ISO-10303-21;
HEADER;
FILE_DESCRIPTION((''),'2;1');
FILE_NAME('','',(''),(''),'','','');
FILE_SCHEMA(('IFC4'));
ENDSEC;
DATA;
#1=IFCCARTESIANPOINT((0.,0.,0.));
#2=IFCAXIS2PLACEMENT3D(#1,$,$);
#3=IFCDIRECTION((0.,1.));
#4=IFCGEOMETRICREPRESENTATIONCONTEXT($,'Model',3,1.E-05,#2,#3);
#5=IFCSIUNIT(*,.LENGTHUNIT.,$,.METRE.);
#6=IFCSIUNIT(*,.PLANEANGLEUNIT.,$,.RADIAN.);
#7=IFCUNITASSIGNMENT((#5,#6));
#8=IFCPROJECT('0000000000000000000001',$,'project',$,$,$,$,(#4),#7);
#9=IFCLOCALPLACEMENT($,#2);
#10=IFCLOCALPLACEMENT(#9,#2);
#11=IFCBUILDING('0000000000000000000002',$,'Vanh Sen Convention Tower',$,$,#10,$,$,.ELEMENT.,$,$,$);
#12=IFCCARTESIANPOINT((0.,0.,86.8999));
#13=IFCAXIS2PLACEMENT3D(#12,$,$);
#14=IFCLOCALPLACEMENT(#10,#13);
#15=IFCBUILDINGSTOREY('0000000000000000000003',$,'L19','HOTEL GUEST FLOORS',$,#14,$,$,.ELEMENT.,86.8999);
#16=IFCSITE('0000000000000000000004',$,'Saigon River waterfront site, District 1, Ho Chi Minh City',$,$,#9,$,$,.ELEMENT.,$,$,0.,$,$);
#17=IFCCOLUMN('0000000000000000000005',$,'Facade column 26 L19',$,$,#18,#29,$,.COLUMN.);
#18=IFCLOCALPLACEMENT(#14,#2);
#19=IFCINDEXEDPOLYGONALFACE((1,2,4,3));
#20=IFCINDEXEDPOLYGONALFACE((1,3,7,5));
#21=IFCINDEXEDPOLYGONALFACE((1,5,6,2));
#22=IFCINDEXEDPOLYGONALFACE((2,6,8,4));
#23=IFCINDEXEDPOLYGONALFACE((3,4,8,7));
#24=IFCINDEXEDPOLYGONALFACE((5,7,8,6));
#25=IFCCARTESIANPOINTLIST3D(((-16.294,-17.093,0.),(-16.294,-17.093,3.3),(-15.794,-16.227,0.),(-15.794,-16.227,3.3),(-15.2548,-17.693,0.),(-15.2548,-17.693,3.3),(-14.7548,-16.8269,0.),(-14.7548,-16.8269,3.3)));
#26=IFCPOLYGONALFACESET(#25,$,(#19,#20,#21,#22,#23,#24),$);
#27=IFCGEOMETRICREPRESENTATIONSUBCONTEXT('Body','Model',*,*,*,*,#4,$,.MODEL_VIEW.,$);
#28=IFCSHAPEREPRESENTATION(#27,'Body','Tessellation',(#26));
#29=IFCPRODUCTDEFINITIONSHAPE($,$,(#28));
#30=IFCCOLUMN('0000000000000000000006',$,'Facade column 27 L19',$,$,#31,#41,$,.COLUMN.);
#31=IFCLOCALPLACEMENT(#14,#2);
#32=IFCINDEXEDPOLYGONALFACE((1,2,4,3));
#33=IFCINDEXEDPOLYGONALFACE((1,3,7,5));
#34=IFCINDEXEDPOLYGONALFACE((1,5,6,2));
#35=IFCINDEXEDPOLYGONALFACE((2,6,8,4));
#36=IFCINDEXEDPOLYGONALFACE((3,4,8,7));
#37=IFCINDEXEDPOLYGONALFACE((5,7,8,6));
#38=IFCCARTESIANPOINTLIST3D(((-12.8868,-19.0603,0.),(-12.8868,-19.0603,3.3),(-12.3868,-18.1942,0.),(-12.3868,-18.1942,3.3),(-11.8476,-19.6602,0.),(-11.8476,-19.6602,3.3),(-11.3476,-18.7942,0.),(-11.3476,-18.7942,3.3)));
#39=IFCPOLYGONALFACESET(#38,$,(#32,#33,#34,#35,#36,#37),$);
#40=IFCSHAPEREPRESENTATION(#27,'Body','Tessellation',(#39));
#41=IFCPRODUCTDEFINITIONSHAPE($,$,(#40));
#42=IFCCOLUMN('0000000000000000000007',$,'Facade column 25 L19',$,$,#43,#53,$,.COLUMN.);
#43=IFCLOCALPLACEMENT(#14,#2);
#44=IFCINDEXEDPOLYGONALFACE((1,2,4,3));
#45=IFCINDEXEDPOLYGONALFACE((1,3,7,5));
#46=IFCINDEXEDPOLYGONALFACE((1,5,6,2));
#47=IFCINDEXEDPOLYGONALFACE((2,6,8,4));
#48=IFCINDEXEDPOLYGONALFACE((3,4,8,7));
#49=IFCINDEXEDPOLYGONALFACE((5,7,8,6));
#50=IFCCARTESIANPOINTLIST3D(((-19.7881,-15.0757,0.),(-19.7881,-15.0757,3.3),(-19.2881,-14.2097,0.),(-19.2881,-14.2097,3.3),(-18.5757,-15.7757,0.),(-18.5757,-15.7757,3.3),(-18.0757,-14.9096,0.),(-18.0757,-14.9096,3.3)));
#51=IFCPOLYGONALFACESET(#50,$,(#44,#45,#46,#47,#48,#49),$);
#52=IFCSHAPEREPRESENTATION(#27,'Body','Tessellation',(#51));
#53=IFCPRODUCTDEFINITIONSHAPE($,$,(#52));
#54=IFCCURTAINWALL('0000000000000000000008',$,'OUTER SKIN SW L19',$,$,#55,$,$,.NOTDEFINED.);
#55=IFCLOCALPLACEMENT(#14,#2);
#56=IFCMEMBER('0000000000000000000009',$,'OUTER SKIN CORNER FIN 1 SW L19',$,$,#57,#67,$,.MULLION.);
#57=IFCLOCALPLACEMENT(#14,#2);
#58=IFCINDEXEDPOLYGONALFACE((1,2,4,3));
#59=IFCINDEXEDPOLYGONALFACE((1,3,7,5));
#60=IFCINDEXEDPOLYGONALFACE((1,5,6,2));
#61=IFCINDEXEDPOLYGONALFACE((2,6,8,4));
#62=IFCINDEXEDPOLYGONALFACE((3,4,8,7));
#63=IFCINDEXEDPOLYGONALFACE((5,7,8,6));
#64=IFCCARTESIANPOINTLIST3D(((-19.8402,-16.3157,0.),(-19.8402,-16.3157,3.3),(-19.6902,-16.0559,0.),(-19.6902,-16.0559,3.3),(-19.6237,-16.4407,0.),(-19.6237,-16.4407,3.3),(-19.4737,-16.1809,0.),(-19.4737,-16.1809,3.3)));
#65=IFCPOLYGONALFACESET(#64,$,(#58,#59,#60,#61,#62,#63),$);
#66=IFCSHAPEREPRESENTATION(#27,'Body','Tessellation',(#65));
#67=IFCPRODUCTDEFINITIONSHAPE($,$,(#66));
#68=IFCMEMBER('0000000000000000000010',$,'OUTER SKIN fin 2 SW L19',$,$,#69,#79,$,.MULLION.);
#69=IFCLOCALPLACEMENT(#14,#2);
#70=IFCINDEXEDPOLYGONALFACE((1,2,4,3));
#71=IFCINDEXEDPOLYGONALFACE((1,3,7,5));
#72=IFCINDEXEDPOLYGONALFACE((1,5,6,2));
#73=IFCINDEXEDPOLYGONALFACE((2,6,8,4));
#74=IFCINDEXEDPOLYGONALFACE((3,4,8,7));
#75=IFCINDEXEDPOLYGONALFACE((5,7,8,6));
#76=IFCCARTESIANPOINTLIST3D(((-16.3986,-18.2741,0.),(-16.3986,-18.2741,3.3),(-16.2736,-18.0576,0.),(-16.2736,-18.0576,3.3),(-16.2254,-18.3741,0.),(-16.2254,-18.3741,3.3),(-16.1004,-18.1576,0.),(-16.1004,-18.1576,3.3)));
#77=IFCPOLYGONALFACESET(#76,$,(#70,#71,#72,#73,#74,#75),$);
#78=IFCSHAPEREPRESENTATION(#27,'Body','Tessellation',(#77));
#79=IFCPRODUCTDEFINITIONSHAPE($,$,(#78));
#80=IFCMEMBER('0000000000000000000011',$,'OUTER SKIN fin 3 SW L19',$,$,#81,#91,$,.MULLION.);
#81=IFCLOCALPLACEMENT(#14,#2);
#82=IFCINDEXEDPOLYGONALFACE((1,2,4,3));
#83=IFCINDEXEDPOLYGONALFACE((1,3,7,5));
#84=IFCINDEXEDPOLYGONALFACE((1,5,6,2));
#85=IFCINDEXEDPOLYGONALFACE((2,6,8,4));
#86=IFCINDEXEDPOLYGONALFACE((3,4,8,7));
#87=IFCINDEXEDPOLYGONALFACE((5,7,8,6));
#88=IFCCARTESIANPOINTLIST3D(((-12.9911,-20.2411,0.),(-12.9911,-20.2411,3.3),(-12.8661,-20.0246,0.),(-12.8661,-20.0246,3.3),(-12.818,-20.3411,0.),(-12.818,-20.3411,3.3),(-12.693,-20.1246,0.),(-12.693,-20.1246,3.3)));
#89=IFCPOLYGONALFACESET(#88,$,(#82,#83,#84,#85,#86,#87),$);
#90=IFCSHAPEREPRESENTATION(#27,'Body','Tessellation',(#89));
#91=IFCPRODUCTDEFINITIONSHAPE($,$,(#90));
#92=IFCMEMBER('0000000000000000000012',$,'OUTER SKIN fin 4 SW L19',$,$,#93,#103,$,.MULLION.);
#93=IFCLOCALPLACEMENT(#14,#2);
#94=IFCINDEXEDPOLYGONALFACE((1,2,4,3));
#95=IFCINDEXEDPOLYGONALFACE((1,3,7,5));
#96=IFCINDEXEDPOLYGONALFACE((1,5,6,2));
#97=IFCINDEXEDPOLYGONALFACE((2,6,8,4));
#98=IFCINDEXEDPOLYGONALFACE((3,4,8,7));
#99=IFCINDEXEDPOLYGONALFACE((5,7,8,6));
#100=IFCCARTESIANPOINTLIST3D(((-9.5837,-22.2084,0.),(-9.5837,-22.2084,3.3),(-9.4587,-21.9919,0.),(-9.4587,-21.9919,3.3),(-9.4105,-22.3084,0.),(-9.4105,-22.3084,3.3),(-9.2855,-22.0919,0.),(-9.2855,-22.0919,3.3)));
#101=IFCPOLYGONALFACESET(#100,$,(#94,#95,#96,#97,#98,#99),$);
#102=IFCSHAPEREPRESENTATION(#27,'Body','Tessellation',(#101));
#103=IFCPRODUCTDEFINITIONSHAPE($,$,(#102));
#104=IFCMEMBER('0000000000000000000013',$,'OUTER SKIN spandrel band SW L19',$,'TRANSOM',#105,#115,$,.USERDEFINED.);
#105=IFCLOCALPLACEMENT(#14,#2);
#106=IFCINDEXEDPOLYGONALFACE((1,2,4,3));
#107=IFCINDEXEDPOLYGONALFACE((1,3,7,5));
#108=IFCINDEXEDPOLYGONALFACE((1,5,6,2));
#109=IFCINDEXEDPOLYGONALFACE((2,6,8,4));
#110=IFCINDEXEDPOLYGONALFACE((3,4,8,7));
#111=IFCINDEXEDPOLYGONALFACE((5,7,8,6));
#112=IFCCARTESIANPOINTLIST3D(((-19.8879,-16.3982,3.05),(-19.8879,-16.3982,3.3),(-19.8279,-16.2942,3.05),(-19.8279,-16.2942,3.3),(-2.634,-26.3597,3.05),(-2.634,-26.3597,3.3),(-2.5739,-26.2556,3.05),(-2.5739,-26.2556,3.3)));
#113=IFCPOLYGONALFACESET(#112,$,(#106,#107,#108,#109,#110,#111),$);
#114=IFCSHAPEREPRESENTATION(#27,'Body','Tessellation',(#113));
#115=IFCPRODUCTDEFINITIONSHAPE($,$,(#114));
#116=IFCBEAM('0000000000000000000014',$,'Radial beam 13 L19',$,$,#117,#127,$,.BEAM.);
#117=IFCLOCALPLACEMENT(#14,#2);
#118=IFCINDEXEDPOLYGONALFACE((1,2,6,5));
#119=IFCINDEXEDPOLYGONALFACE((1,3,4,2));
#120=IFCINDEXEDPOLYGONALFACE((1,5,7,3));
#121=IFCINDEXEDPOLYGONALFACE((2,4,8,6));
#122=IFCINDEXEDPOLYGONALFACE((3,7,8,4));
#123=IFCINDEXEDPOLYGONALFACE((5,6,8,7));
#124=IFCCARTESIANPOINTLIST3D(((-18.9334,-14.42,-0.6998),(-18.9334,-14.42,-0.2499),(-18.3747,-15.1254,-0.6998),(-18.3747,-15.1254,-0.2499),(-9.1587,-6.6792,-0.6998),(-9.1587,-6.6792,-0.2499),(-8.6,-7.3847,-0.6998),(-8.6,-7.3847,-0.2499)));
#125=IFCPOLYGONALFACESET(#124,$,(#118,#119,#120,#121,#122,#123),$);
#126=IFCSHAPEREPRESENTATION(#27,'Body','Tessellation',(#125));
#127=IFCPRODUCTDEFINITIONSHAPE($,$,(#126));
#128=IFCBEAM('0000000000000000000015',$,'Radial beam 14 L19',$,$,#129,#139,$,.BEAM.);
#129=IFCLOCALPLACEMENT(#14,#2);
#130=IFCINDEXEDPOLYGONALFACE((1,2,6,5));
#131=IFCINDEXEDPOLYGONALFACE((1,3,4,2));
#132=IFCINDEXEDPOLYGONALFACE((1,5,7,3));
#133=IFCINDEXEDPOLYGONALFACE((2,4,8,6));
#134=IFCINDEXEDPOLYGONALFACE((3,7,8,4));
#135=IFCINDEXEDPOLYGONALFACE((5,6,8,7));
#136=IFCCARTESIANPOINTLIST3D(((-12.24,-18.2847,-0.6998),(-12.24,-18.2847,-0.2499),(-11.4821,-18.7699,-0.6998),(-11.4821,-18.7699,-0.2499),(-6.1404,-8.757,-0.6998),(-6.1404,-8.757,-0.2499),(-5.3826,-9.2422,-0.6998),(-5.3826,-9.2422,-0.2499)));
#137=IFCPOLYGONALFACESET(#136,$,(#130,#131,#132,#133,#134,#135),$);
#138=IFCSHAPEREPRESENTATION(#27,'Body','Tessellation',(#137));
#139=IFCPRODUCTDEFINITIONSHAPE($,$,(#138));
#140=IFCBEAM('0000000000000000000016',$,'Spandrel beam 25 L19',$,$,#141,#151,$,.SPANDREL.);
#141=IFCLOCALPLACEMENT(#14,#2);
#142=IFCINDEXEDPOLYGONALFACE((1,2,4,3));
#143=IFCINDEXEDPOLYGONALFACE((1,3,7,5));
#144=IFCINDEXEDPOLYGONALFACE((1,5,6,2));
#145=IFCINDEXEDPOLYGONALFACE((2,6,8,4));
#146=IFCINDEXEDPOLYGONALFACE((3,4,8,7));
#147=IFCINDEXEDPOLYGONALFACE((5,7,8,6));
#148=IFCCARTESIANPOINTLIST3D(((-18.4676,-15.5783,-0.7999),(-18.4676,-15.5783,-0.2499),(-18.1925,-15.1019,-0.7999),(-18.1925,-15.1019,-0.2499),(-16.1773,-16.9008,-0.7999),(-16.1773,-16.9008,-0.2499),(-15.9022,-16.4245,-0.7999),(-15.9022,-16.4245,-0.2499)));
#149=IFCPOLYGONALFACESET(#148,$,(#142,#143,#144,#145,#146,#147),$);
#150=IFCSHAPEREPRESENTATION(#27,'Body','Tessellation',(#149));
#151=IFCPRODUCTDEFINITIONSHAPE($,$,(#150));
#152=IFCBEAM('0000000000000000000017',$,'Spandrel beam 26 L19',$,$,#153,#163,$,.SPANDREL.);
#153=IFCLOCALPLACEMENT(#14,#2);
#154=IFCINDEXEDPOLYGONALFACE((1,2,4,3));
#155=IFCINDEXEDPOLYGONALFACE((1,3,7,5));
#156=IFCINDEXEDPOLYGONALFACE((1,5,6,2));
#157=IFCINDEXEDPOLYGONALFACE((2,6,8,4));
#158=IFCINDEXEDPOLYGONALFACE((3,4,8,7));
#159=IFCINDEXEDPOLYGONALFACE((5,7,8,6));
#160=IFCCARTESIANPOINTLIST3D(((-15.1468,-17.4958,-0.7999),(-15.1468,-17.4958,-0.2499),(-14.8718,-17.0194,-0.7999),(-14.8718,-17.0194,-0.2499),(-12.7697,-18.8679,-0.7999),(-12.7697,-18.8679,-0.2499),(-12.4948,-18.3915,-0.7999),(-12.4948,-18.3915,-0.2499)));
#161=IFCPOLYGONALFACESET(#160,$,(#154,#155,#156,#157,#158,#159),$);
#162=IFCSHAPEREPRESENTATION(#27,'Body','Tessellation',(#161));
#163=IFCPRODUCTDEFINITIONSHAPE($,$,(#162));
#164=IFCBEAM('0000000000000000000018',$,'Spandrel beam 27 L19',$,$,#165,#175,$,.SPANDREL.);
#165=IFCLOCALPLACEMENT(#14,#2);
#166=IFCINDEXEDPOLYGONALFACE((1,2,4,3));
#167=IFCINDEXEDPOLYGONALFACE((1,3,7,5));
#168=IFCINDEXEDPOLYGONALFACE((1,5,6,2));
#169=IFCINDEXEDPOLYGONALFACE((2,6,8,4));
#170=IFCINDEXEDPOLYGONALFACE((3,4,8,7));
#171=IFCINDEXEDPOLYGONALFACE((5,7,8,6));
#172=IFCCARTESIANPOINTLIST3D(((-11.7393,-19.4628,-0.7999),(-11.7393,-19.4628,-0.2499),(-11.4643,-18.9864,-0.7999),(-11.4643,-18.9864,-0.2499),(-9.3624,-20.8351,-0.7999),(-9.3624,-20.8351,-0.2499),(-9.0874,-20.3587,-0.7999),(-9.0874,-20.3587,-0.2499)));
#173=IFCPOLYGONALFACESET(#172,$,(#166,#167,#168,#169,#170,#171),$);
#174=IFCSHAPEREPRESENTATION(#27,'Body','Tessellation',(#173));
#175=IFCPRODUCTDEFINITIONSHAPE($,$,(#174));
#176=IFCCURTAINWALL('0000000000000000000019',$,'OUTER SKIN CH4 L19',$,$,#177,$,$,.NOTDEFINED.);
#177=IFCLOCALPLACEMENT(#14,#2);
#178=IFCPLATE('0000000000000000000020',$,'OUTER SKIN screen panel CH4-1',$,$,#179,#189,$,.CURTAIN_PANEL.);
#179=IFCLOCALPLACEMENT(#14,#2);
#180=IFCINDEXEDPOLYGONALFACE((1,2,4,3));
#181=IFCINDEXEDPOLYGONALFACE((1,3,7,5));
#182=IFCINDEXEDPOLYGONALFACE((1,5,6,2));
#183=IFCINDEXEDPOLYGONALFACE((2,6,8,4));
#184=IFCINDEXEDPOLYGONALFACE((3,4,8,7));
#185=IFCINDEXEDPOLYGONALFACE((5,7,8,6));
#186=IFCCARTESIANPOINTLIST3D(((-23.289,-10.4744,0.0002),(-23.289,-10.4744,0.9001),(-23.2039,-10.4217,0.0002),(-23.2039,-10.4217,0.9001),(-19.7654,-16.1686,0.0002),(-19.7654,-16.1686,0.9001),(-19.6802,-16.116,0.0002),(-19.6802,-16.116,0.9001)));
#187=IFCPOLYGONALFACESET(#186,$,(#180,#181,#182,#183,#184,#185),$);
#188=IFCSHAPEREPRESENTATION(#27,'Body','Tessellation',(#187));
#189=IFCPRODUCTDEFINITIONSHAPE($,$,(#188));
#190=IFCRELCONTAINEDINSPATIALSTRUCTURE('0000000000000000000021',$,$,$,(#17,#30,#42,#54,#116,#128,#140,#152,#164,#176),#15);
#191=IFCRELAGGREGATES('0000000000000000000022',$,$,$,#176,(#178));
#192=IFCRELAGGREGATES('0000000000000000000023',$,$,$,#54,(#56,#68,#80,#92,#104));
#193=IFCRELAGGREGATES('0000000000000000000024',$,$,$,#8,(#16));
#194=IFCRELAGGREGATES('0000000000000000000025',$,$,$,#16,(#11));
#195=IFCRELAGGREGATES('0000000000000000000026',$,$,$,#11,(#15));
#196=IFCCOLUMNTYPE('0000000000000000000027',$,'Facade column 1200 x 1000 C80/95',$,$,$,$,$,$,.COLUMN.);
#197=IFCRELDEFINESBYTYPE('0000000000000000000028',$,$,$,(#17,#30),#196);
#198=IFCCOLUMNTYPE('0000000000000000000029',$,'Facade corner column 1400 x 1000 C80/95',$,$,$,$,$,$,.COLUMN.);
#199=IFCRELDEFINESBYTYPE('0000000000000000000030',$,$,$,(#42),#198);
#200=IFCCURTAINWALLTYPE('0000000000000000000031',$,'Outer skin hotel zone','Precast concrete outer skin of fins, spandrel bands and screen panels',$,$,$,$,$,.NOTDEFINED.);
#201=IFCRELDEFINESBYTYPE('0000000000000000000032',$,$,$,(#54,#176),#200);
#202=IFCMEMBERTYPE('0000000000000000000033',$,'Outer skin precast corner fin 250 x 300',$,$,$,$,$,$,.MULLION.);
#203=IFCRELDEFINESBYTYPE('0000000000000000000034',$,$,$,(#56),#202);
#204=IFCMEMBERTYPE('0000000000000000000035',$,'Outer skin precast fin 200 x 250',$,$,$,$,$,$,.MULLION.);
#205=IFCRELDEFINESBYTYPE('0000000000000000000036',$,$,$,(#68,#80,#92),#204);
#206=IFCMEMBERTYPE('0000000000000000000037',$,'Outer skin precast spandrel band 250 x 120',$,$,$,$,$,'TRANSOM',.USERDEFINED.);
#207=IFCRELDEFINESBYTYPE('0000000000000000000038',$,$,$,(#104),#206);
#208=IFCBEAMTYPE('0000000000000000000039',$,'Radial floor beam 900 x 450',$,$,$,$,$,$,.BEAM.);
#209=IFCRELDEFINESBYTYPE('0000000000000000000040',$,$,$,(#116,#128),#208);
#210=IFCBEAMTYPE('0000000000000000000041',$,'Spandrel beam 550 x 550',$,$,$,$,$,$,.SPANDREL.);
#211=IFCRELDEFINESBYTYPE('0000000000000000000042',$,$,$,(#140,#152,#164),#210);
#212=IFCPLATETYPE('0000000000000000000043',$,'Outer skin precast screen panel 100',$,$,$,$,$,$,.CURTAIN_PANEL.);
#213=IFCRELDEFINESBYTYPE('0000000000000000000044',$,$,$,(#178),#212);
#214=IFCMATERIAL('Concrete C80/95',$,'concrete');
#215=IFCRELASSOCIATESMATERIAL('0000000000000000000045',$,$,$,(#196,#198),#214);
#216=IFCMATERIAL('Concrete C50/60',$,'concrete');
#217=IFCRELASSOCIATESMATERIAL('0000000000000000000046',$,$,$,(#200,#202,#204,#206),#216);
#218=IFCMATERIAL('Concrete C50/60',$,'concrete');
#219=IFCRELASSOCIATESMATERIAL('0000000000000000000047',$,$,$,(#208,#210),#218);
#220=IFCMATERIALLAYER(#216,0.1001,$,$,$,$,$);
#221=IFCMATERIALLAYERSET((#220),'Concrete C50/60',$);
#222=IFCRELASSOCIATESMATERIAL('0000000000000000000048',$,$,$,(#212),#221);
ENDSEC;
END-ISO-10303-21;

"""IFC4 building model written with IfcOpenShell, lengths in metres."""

from ifc_helpers import new_model, si_unit, direction, frame, origin, origin_2d, place, context, subcontext, project, spatial, rectangle, extrude, material, layer, layer_set, material_profile, profile_set, type_object, element, aggregate, save


model = new_model("IFC4")

# Units and contexts
model_context = context("Model", 3, precision=1e-05, world=origin(), true_north=direction((0.0, 1.0)))
body_context = subcontext(model_context, "Body", "Model", "MODEL_VIEW")
ifc_project = project(units=[si_unit("LENGTHUNIT", "METRE"), si_unit("PLANEANGLEUNIT", "RADIAN")], contexts=[model_context])

# Site, building, storey
site_placement = place(None, origin())
site = spatial("IfcSite", under=ifc_project, at=site_placement, Name="Saigon River waterfront site, District 1, Ho Chi Minh City", CompositionType="ELEMENT", RefElevation=0.0)
building_placement = place(site_placement, origin())
building = spatial("IfcBuilding", under=site, at=building_placement, Name="Vanh Sen Convention Tower", CompositionType="ELEMENT")
storey_placement = place(building_placement, frame((0.0, 0.0, 86.8999)))
storey = spatial("IfcBuildingStorey", under=building, at=storey_placement, Name="L19", Description="HOTEL GUEST FLOORS", CompositionType="ELEMENT", Elevation=86.8999)

# Columns
ifc_material_1 = material(Name="Concrete C80/95", Category="concrete")
ifc_material_profile_1 = material_profile(ifc_material_1, rectangle(XDim=1.2, YDim=1.0, at=origin_2d()), Name="RC 1200X1000")
ifc_profile_set_1 = profile_set([ifc_material_profile_1], Name="Concrete C80/95")
column_type_1 = type_object("IfcColumnType", Name="Facade column 1200 x 1000 C80/95", PredefinedType="COLUMN", material=ifc_profile_set_1)
for number, where, z_axis, x_axis, name in (
    (1, (-15.5244, -16.96, 0.0), (0.0, 0.0, 1.0), (0.866025, -0.5, 0.0), "Facade column 26 L19"),
    (2, (-12.1172, -18.9272, 0.0), (0.0, 0.0, 1.0), (0.866025, -0.5, 0.0), "Facade column 27 L19"),
):
    element("IfcColumn", number, at=place(storey_placement, frame(where, z_axis=z_axis, x_axis=x_axis)), inside=storey, type_object=column_type_1, Name=name, PredefinedType="COLUMN", context=body_context, shape_type="SweptSolid", body=[
        extrude(rectangle(XDim=1.2, YDim=1.0, at=origin_2d()), origin(), (0.0, 0.0, 1.0), 3.3),
    ])
ifc_material_profile_2 = material_profile(ifc_material_1, rectangle(XDim=1.3999, YDim=1.0, at=origin_2d()), Name="RC 1400X1000")
ifc_profile_set_2 = profile_set([ifc_material_profile_2], Name="Concrete C80/95")
column_type_2 = type_object("IfcColumnType", Name="Facade corner column 1400 x 1000 C80/95", PredefinedType="COLUMN", material=ifc_profile_set_2)
column_placement = place(storey_placement, frame((-18.9319, -14.9927, 0.0), z_axis=(0.0, 0.0, 1.0), x_axis=(0.866025, -0.5, 0.0)))
element("IfcColumn", 3, at=column_placement, inside=storey, type_object=column_type_2, Name="Facade column 25 L19", PredefinedType="COLUMN", context=body_context, shape_type="SweptSolid", body=[
    extrude(rectangle(XDim=1.3999, YDim=1.0, at=origin_2d()), origin(), (0.0, 0.0, 1.0), 3.3),
])

# Curtain wall, members
ifc_material_2 = material(Name="Concrete C50/60", Category="concrete")
curtain_wall_type = type_object("IfcCurtainWallType", Name="Outer skin hotel zone", Description="Precast concrete outer skin of fins, spandrel bands and screen panels", PredefinedType="NOTDEFINED", material=ifc_material_2)
curtain_wall_1_placement = place(storey_placement, origin())
curtain_wall_1 = element("IfcCurtainWall", 4, at=curtain_wall_1_placement, inside=storey, type_object=curtain_wall_type, Name="OUTER SKIN SW L19", PredefinedType="NOTDEFINED")
ifc_material_profile_3 = material_profile(ifc_material_2, rectangle(XDim=0.25, YDim=0.3, at=origin_2d()), Name="Outer skin precast corner fin 250 x 300")
ifc_profile_set_3 = profile_set([ifc_material_profile_3], Name="Concrete C50/60")
member_type_1 = type_object("IfcMemberType", Name="Outer skin precast corner fin 250 x 300", PredefinedType="MULLION", material=ifc_profile_set_3)
member_1_placement = place(storey_placement, frame((-19.657, -16.2483, 0.0), z_axis=(0.0, 0.0, 1.0), x_axis=(0.866025, -0.5, 0.0)))
member_1 = element("IfcMember", 5, at=member_1_placement, type_object=member_type_1, Name="OUTER SKIN CORNER FIN 1 SW L19", PredefinedType="MULLION", context=body_context, shape_type="SweptSolid", body=[
    extrude(rectangle(XDim=0.25, YDim=0.3, at=origin_2d()), origin(), (0.0, 0.0, 1.0), 3.3),
])
ifc_material_profile_4 = material_profile(ifc_material_2, rectangle(XDim=0.2, YDim=0.25, at=origin_2d()), Name="Outer skin precast fin 200 x 250")
ifc_profile_set_4 = profile_set([ifc_material_profile_4], Name="Concrete C50/60")
member_type_2 = type_object("IfcMemberType", Name="Outer skin precast fin 200 x 250", PredefinedType="MULLION", material=ifc_profile_set_4)
member_2_placement = place(storey_placement, frame((-16.2495, -18.2158, 0.0), z_axis=(0.0, 0.0, 1.0), x_axis=(0.866025, -0.5, 0.0)))
member_2 = element("IfcMember", 6, at=member_2_placement, type_object=member_type_2, Name="OUTER SKIN fin 2 SW L19", PredefinedType="MULLION", context=body_context, shape_type="SweptSolid", body=[
    extrude(rectangle(XDim=0.2, YDim=0.25, at=origin_2d()), origin(), (0.0, 0.0, 1.0), 3.3),
])
member_3_placement = place(storey_placement, frame((-12.842, -20.1829, 0.0), z_axis=(0.0, 0.0, 1.0), x_axis=(0.866025, -0.5, 0.0)))
member_3 = element("IfcMember", 7, at=member_3_placement, type_object=member_type_2, Name="OUTER SKIN fin 3 SW L19", PredefinedType="MULLION", context=body_context, shape_type="SweptSolid", body=[
    extrude(rectangle(XDim=0.2, YDim=0.25, at=origin_2d()), origin(), (0.0, 0.0, 1.0), 3.3),
])
member_4_placement = place(storey_placement, frame((-9.4346, -22.1501, 0.0), z_axis=(0.0, 0.0, 1.0), x_axis=(0.866025, -0.5, 0.0)))
member_4 = element("IfcMember", 8, at=member_4_placement, type_object=member_type_2, Name="OUTER SKIN fin 4 SW L19", PredefinedType="MULLION", context=body_context, shape_type="SweptSolid", body=[
    extrude(rectangle(XDim=0.2, YDim=0.25, at=origin_2d()), origin(), (0.0, 0.0, 1.0), 3.3),
])
ifc_material_profile_5 = material_profile(ifc_material_2, rectangle(XDim=0.1201, YDim=0.25, at=origin_2d()), Name="Outer skin precast spandrel band 250 x 120")
ifc_profile_set_5 = profile_set([ifc_material_profile_5], Name="Concrete C50/60")
member_type_3 = type_object("IfcMemberType", Name="Outer skin precast spandrel band 250 x 120", ElementType="TRANSOM", PredefinedType="USERDEFINED", material=ifc_profile_set_5)
member_5_placement = place(storey_placement, frame((-19.8579, -16.3462, 3.175), z_axis=(0.866028, -0.499995, 0.0), x_axis=(0.499995, 0.866028, 0.0)))
member_5 = element("IfcMember", 9, at=member_5_placement, type_object=member_type_3, Name="OUTER SKIN spandrel band SW L19", ObjectType="TRANSOM", PredefinedType="USERDEFINED", context=body_context, shape_type="SweptSolid", body=[
    extrude(rectangle(XDim=0.1201, YDim=0.25, at=origin_2d()), origin(), (0.0, 0.0, 1.0), 19.9231),
])

# Beams
ifc_material_3 = material(Name="Concrete C50/60", Category="concrete")
ifc_material_profile_6 = material_profile(ifc_material_3, rectangle(XDim=0.8999, YDim=0.45, at=origin_2d()), Name="RC 900X450")
ifc_profile_set_6 = profile_set([ifc_material_profile_6], Name="Concrete C50/60")
beam_type_1 = type_object("IfcBeamType", Name="Radial floor beam 900 x 450", PredefinedType="BEAM", material=ifc_profile_set_6)
beam_1_placement = place(storey_placement, frame((-18.6541, -14.7727, -0.4749), z_axis=(0.78395, 0.620824, 0.0), x_axis=(-0.620824, 0.78395, 0.0)))
element("IfcBeam", 10, at=beam_1_placement, inside=storey, type_object=beam_type_1, Name="Radial beam 13 L19", PredefinedType="BEAM", context=body_context, shape_type="SweptSolid", body=[
    extrude(rectangle(XDim=0.8999, YDim=0.45, at=origin_2d()), origin(), (0.0, 0.0, 1.0), 12.4685),
])
beam_2_placement = place(storey_placement, frame((-11.8611, -18.5273, -0.4749), z_axis=(0.539166, 0.842199, 0.0), x_axis=(-0.842199, 0.539166, 0.0)))
element("IfcBeam", 11, at=beam_2_placement, inside=storey, type_object=beam_type_1, Name="Radial beam 14 L19", PredefinedType="BEAM", context=body_context, shape_type="SweptSolid", body=[
    extrude(rectangle(XDim=0.8999, YDim=0.45, at=origin_2d()), origin(), (0.0, 0.0, 1.0), 11.313),
])
ifc_material_profile_7 = material_profile(ifc_material_3, rectangle(XDim=0.55, YDim=0.55, at=origin_2d()), Name="RC 550X550")
ifc_profile_set_7 = profile_set([ifc_material_profile_7], Name="Concrete C50/60")
beam_type_2 = type_object("IfcBeamType", Name="Spandrel beam 550 x 550", PredefinedType="SPANDREL", material=ifc_profile_set_7)
beam_3_placement = place(storey_placement, frame((-18.3301, -15.3401, -0.5249), z_axis=(0.86599, -0.500061, 0.0), x_axis=(0.500061, 0.86599, 0.0)))
element("IfcBeam", 12, at=beam_3_placement, inside=storey, type_object=beam_type_2, Name="Spandrel beam 25 L19", PredefinedType="SPANDREL", context=body_context, shape_type="SweptSolid", body=[
    extrude(rectangle(XDim=0.55, YDim=0.55, at=origin_2d()), origin(), (0.0, 0.0, 1.0), 2.6448),
])
for number, where, z_axis, x_axis, name in (
    (13, (-15.0093, -17.2576, -0.5249), (0.866067, -0.499928, 0.0), (0.499928, 0.866067, 0.0), "Spandrel beam 26 L19"),
    (14, (-11.6018, -19.2246, -0.5249), (0.866029, -0.499995, 0.0), (0.499995, 0.866029, 0.0), "Spandrel beam 27 L19"),
):
    element("IfcBeam", number, at=place(storey_placement, frame(where, z_axis=z_axis, x_axis=x_axis)), inside=storey, type_object=beam_type_2, Name=name, PredefinedType="SPANDREL", context=body_context, shape_type="SweptSolid", body=[
        extrude(rectangle(XDim=0.55, YDim=0.55, at=origin_2d()), origin(), (0.0, 0.0, 1.0), 2.7446),
    ])

# Curtain wall, plate
curtain_wall_2_placement = place(storey_placement, origin())
curtain_wall_2 = element("IfcCurtainWall", 15, at=curtain_wall_2_placement, inside=storey, type_object=curtain_wall_type, Name="OUTER SKIN CH4 L19", PredefinedType="NOTDEFINED")
ifc_layer_1 = layer(ifc_material_2, 0.1001)
ifc_layer_set_1 = layer_set([ifc_layer_1], Name="Concrete C50/60")
plate_type = type_object("IfcPlateType", Name="Outer skin precast screen panel 100", PredefinedType="CURTAIN_PANEL", material=ifc_layer_set_1)
plate_1_placement = place(storey_placement, frame((-21.4846, -13.2952, 0.0002), z_axis=(0.0, 0.0, 1.0), x_axis=(0.526205, -0.850358, 0.0)))
plate_1 = element("IfcPlate", 16, at=plate_1_placement, type_object=plate_type, Name="OUTER SKIN screen panel CH4-1", PredefinedType="CURTAIN_PANEL", context=body_context, shape_type="SweptSolid", body=[
    extrude(rectangle(XDim=6.6963, YDim=0.1001, at=origin_2d()), origin(), (0.0, 0.0, 1.0), 0.8999),
])
aggregate(curtain_wall_2, [plate_1])

aggregate(curtain_wall_1, [member_1, member_2, member_3, member_4, member_5])

save(model, "model.ifc")
